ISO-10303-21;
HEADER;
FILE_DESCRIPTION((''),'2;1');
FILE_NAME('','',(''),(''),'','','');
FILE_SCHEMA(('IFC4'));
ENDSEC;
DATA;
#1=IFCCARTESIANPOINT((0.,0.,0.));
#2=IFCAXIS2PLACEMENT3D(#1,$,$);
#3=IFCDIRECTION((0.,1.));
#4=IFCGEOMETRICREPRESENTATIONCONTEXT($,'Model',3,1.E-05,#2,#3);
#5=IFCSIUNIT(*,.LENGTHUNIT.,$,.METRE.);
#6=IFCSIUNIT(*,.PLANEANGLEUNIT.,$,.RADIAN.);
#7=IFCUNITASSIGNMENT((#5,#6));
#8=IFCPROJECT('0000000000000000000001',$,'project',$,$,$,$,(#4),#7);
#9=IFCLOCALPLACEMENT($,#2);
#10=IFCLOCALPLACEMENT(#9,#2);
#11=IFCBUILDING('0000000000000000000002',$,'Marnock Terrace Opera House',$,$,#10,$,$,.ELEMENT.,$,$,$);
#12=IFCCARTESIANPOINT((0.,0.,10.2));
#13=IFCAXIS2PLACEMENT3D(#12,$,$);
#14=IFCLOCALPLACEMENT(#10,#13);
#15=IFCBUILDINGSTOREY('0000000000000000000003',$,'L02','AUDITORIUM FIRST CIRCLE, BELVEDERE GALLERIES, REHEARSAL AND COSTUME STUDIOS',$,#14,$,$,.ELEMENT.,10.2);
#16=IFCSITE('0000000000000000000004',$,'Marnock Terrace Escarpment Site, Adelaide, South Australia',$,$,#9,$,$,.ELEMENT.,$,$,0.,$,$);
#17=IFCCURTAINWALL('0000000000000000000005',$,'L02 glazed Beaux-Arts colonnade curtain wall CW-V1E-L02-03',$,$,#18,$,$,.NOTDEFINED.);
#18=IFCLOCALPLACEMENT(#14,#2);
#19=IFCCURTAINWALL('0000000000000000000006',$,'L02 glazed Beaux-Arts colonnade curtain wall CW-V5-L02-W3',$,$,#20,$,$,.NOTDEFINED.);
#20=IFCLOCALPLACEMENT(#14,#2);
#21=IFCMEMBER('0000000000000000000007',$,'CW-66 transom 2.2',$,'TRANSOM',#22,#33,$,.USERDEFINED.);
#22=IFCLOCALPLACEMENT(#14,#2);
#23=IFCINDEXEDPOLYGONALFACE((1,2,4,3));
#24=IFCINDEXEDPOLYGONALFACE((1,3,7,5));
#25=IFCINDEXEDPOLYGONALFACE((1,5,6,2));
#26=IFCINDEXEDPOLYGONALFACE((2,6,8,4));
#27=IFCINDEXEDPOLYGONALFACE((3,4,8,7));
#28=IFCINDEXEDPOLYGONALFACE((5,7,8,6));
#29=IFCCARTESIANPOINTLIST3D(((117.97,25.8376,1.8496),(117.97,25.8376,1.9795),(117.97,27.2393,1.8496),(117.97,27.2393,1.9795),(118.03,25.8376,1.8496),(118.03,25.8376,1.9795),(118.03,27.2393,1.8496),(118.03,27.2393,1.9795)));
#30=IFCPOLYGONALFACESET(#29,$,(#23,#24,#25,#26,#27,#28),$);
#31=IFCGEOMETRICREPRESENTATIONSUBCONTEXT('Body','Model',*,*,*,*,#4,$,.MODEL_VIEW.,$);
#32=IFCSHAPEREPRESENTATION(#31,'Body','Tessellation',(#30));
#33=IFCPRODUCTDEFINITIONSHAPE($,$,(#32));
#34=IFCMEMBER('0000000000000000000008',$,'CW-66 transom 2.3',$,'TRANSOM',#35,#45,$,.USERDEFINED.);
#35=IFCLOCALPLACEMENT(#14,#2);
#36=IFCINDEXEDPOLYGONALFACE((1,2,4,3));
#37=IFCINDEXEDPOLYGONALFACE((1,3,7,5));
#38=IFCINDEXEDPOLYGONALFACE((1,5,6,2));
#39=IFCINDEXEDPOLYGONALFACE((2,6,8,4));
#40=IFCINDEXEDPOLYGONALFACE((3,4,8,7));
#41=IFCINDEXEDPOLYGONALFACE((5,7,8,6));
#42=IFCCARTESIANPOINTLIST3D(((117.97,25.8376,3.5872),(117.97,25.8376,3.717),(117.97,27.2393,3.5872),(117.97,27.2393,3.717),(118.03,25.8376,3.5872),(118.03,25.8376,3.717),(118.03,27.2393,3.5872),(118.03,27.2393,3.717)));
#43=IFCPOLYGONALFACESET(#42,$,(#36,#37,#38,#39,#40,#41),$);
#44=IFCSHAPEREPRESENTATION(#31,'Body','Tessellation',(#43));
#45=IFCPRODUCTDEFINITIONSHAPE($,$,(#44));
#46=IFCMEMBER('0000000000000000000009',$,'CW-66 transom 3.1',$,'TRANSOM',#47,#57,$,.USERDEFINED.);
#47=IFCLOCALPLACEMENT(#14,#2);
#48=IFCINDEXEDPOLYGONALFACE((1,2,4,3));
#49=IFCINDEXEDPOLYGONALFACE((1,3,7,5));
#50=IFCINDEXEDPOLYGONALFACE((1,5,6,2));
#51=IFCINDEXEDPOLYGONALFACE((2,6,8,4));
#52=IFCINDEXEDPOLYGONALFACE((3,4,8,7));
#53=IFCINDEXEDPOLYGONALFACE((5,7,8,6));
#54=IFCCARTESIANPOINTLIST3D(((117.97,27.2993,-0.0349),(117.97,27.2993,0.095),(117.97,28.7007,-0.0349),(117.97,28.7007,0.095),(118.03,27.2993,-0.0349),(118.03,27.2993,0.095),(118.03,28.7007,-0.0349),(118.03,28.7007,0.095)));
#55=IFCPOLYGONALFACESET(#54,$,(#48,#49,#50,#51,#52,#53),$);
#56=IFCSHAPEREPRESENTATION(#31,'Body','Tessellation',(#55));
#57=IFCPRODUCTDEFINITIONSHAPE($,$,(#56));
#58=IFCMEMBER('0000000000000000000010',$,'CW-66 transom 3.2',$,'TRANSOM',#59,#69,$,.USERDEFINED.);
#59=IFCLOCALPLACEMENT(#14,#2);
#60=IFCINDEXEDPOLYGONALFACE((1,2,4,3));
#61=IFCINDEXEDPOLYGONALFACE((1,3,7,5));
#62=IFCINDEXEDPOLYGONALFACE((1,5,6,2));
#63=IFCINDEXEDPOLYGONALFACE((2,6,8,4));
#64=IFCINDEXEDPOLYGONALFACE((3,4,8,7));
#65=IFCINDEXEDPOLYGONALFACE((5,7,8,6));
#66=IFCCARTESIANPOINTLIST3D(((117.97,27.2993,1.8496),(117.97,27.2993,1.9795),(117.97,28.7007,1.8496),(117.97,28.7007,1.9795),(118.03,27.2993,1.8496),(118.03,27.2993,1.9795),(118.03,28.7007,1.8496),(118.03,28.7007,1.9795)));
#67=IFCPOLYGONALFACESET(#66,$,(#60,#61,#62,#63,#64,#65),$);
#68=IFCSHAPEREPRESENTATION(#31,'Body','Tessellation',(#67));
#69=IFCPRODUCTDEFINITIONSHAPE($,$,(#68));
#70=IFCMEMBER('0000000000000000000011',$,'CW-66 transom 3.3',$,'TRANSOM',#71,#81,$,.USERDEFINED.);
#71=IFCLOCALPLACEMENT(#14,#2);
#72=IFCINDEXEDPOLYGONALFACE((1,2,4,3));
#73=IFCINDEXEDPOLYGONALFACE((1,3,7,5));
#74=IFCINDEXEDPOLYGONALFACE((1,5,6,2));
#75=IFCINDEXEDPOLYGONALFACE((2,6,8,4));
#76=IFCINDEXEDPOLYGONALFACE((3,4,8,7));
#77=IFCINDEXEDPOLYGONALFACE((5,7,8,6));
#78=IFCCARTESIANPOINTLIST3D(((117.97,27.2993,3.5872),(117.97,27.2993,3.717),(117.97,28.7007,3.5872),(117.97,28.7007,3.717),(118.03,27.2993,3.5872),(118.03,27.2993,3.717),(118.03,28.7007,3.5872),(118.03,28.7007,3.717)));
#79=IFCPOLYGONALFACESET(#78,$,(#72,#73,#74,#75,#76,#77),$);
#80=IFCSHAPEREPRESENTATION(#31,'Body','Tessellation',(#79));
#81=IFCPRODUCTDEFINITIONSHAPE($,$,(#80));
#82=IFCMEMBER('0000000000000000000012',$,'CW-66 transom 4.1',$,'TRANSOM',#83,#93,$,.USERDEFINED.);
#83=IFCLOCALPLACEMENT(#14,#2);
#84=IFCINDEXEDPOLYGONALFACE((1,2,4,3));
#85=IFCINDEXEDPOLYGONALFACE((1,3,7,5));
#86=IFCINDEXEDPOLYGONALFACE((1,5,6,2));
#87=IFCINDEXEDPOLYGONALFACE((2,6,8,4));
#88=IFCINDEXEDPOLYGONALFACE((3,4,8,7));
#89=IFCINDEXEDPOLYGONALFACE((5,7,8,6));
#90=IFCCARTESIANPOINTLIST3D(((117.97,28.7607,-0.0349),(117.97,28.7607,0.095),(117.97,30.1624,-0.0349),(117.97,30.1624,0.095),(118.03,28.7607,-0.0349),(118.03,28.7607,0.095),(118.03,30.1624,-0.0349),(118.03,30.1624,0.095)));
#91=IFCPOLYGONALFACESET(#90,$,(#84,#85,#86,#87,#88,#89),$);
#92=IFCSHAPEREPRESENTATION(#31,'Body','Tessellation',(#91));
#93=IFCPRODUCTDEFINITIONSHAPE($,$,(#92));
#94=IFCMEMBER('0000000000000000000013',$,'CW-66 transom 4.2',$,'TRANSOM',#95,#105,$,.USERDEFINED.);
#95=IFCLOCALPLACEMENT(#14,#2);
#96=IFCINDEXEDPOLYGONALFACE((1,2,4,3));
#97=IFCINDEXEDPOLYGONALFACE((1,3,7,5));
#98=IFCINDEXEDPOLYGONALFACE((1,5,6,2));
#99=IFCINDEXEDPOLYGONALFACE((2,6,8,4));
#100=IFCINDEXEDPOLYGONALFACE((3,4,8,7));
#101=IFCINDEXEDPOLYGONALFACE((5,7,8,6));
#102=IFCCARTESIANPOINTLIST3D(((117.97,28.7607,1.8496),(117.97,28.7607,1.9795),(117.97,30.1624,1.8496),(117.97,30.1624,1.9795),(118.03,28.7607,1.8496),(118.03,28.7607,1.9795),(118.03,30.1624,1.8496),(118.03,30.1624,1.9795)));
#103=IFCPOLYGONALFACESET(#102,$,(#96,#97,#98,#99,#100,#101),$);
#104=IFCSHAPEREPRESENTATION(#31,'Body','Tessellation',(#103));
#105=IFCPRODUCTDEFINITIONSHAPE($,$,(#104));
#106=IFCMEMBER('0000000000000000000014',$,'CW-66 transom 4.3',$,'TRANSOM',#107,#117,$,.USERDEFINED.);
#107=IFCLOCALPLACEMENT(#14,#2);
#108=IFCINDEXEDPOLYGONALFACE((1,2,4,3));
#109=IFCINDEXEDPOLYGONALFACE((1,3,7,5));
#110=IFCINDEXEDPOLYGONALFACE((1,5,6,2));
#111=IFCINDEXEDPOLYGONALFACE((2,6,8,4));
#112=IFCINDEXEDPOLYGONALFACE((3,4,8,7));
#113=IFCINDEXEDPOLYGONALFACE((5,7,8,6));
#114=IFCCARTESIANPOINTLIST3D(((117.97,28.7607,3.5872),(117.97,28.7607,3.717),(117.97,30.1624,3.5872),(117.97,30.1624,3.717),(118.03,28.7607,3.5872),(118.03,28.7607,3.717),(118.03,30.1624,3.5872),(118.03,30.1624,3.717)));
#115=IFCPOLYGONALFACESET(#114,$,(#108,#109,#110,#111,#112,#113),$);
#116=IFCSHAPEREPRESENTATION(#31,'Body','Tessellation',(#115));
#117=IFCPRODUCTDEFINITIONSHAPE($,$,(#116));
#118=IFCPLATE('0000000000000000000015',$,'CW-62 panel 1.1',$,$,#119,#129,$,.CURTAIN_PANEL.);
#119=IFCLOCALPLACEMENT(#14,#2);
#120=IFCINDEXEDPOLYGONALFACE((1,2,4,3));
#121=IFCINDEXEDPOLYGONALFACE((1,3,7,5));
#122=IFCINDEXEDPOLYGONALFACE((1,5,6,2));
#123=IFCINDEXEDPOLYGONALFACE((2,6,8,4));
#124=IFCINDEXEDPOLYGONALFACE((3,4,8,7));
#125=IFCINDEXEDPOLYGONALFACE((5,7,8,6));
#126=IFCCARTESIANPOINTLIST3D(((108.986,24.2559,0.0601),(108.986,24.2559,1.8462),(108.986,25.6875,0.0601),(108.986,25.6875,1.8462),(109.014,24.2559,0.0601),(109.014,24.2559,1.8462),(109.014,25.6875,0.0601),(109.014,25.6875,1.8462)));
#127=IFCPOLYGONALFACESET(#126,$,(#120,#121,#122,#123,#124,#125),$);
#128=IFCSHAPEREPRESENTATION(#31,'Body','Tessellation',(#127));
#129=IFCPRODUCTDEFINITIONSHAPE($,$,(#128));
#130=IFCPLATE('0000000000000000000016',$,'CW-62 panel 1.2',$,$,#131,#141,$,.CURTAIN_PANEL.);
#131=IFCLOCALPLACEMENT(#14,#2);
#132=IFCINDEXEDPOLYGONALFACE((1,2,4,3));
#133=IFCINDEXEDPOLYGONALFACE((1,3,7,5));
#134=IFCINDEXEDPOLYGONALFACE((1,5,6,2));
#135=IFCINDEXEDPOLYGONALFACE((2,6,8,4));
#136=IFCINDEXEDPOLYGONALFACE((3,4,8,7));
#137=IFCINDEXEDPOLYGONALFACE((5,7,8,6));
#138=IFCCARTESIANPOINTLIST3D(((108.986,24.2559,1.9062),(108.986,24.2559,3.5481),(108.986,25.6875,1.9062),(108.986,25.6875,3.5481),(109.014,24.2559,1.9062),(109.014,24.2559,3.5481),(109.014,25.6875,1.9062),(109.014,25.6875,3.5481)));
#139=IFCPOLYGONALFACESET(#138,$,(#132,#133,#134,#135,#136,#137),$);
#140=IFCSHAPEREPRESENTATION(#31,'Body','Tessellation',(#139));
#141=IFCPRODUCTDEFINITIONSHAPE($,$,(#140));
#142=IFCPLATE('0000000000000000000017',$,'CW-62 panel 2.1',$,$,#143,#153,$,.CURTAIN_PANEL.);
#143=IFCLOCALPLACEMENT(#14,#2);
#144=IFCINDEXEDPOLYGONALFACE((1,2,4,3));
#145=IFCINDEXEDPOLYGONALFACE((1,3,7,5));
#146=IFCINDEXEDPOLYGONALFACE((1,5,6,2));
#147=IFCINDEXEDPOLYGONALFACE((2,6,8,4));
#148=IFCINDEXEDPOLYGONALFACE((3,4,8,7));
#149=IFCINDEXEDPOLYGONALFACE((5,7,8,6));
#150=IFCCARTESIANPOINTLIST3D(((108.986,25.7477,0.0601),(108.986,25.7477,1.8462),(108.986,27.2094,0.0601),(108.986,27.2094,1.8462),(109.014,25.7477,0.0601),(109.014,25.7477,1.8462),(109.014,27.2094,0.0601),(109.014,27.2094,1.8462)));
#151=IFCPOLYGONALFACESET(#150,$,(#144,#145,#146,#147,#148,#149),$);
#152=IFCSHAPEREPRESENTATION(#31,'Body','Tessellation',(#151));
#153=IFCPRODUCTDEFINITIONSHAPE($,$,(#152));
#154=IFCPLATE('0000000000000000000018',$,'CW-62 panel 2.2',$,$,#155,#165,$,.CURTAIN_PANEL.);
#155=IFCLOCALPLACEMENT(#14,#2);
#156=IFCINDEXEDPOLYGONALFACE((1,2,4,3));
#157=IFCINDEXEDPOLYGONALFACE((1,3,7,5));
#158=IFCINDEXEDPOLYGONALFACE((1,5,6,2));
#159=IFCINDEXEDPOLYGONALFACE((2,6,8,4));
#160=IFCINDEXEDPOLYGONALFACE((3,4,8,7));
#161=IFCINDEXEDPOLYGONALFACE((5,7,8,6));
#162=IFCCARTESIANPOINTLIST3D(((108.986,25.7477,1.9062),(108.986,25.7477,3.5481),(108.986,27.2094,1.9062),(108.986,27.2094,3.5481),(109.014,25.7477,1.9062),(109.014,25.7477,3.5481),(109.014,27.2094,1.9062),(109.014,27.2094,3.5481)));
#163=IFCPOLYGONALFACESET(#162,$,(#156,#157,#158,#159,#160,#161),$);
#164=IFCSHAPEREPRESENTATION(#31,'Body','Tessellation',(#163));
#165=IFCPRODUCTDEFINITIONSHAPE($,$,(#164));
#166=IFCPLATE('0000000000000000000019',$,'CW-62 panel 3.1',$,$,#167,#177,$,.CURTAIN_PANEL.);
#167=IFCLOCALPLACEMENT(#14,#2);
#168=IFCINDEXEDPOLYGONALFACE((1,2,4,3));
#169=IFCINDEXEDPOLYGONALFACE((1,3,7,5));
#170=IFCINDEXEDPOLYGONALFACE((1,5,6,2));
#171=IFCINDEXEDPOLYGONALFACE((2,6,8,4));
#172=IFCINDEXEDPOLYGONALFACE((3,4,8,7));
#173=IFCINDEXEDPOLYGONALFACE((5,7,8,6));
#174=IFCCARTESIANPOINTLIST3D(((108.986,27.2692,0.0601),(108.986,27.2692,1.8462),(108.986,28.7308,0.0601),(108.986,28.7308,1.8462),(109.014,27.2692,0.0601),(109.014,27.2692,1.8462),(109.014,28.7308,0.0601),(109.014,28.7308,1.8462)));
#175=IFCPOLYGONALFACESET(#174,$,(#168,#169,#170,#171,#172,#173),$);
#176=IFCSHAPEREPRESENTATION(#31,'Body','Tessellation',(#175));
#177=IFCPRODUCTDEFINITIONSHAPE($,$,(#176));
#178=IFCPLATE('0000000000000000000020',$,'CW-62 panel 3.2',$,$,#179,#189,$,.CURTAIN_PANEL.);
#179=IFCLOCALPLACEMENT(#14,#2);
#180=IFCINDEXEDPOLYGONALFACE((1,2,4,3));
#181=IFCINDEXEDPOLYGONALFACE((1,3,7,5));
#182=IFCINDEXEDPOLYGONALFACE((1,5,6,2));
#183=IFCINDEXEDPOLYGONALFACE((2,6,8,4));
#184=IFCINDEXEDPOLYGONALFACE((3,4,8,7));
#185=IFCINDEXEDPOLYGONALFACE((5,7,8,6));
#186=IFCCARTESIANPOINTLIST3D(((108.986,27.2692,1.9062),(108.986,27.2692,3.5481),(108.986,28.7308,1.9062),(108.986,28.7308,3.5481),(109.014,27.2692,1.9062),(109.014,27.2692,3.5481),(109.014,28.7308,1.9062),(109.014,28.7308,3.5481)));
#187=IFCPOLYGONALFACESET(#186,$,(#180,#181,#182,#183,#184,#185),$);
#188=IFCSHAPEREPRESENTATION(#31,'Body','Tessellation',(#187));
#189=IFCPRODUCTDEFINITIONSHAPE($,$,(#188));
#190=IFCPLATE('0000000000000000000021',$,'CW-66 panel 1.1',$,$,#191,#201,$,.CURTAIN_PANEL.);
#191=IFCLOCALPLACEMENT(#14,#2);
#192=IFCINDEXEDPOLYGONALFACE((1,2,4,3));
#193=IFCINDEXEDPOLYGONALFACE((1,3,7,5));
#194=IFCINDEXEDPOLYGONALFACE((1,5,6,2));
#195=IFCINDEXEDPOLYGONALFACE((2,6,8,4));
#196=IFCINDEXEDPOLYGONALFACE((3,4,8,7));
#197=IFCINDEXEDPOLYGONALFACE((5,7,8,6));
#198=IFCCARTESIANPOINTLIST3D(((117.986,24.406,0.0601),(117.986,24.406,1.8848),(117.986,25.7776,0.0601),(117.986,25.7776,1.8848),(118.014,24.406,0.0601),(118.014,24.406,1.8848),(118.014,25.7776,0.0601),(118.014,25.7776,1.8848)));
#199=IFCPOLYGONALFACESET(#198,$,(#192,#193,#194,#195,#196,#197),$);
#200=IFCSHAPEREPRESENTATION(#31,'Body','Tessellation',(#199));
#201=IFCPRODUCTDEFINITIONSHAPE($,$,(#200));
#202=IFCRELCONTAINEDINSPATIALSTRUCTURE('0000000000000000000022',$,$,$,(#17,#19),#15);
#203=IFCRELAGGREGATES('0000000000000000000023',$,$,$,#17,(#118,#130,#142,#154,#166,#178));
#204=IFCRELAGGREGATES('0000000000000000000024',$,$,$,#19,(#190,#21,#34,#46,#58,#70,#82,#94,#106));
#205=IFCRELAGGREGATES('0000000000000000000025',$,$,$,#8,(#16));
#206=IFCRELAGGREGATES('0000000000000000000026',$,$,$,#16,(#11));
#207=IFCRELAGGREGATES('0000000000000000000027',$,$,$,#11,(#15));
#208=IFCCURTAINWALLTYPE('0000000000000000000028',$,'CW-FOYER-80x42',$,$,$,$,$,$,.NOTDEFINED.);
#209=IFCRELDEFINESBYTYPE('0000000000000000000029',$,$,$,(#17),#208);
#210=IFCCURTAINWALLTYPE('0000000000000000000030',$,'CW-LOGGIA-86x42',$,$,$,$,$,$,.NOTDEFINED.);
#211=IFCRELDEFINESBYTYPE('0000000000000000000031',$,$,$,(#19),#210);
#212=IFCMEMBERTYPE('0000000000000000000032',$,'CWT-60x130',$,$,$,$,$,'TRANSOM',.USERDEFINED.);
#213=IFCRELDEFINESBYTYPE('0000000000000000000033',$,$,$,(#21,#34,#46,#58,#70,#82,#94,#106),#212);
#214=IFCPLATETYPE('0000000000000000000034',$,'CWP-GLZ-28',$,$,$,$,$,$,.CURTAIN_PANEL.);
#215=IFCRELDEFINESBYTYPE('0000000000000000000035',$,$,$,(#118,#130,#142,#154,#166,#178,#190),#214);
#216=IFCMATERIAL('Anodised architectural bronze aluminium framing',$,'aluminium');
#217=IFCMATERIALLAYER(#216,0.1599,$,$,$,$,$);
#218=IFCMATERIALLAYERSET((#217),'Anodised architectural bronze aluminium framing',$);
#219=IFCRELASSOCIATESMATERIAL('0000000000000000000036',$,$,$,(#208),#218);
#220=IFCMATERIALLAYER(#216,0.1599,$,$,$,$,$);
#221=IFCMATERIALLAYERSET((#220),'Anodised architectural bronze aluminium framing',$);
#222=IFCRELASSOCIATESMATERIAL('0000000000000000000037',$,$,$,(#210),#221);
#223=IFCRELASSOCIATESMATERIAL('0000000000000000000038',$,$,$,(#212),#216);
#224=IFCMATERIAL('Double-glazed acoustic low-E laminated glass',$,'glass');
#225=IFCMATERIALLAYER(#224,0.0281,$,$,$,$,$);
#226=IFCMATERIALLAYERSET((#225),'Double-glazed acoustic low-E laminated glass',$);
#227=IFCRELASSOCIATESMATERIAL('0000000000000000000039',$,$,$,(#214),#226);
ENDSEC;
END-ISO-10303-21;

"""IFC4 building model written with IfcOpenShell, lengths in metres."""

from ifc_helpers import new_model, si_unit, direction, frame, origin, origin_2d, place, context, subcontext, project, spatial, rectangle, extrude, material, layer, layer_set, material_profile, profile_set, type_object, element, aggregate, save


model = new_model("IFC4")

# Units and contexts
model_context = context("Model", 3, precision=1e-05, world=origin(), true_north=direction((0.0, 1.0)))
body_context = subcontext(model_context, "Body", "Model", "MODEL_VIEW")
ifc_project = project(units=[si_unit("LENGTHUNIT", "METRE"), si_unit("PLANEANGLEUNIT", "RADIAN")], contexts=[model_context])

# Site, building, storey
site_placement = place(None, origin())
site = spatial("IfcSite", under=ifc_project, at=site_placement, Name="Marnock Terrace Escarpment Site, Adelaide, South Australia", CompositionType="ELEMENT", RefElevation=0.0)
building_placement = place(site_placement, origin())
building = spatial("IfcBuilding", under=site, at=building_placement, Name="Marnock Terrace Opera House", CompositionType="ELEMENT")
storey_placement = place(building_placement, frame((0.0, 0.0, 10.2)))
storey = spatial("IfcBuildingStorey", under=building, at=storey_placement, Name="L02", Description="AUDITORIUM FIRST CIRCLE, BELVEDERE GALLERIES, REHEARSAL AND COSTUME STUDIOS", CompositionType="ELEMENT", Elevation=10.2)

# Curtain walls
ifc_material_1 = material(Name="Anodised architectural bronze aluminium framing", Category="aluminium")
ifc_layer_1 = layer(ifc_material_1, 0.1599)
ifc_layer_set_1 = layer_set([ifc_layer_1], Name="Anodised architectural bronze aluminium framing")
curtain_wall_type_1 = type_object("IfcCurtainWallType", Name="CW-FOYER-80x42", PredefinedType="NOTDEFINED", material=ifc_layer_set_1)
curtain_wall_1_placement = place(storey_placement, origin())
curtain_wall_1 = element("IfcCurtainWall", 1, at=curtain_wall_1_placement, inside=storey, type_object=curtain_wall_type_1, Name="L02 glazed Beaux-Arts colonnade curtain wall CW-V1E-L02-03", PredefinedType="NOTDEFINED")
ifc_layer_2 = layer(ifc_material_1, 0.1599)
ifc_layer_set_2 = layer_set([ifc_layer_2], Name="Anodised architectural bronze aluminium framing")
curtain_wall_type_2 = type_object("IfcCurtainWallType", Name="CW-LOGGIA-86x42", PredefinedType="NOTDEFINED", material=ifc_layer_set_2)
curtain_wall_2_placement = place(storey_placement, origin())
curtain_wall_2 = element("IfcCurtainWall", 2, at=curtain_wall_2_placement, inside=storey, type_object=curtain_wall_type_2, Name="L02 glazed Beaux-Arts colonnade curtain wall CW-V5-L02-W3", PredefinedType="NOTDEFINED")

# Members
ifc_material_profile_1 = material_profile(ifc_material_1, rectangle(XDim=0.0601, YDim=0.1299, at=origin_2d()))
ifc_profile_set_1 = profile_set([ifc_material_profile_1], Name="Anodised architectural bronze aluminium framing")
member_type_1 = type_object("IfcMemberType", Name="CWT-60x130", ElementType="TRANSOM", PredefinedType="USERDEFINED", material=ifc_profile_set_1)
member_1_placement = place(storey_placement, frame((118.0, 25.8376, 1.9146), z_axis=(0.0, 1.0, 0.0), x_axis=(-1.0, 0.0, 0.0)))
member_1 = element("IfcMember", 3, at=member_1_placement, type_object=member_type_1, Name="CW-66 transom 2.2", ObjectType="TRANSOM", PredefinedType="USERDEFINED", context=body_context, shape_type="SweptSolid", body=[
    extrude(rectangle(XDim=0.0601, YDim=0.1299, at=origin_2d()), origin(), (0.0, 0.0, 1.0), 1.4016),
])
member_2_placement = place(storey_placement, frame((118.0, 25.8376, 3.6521), z_axis=(0.0, 1.0, 0.0), x_axis=(-1.0, 0.0, 0.0)))
member_2 = element("IfcMember", 4, at=member_2_placement, type_object=member_type_1, Name="CW-66 transom 2.3", ObjectType="TRANSOM", PredefinedType="USERDEFINED", context=body_context, shape_type="SweptSolid", body=[
    extrude(rectangle(XDim=0.0601, YDim=0.1299, at=origin_2d()), origin(), (0.0, 0.0, 1.0), 1.4016),
])
member_3_placement = place(storey_placement, frame((118.0, 27.2993, 0.03), z_axis=(0.0, 1.0, 0.0), x_axis=(-1.0, 0.0, 0.0)))
member_3 = element("IfcMember", 5, at=member_3_placement, type_object=member_type_1, Name="CW-66 transom 3.1", ObjectType="TRANSOM", PredefinedType="USERDEFINED", context=body_context, shape_type="SweptSolid", body=[
    extrude(rectangle(XDim=0.0601, YDim=0.1299, at=origin_2d()), origin(), (0.0, 0.0, 1.0), 1.4014),
])
member_4_placement = place(storey_placement, frame((118.0, 27.2993, 1.9146), z_axis=(0.0, 1.0, 0.0), x_axis=(-1.0, 0.0, 0.0)))
member_4 = element("IfcMember", 6, at=member_4_placement, type_object=member_type_1, Name="CW-66 transom 3.2", ObjectType="TRANSOM", PredefinedType="USERDEFINED", context=body_context, shape_type="SweptSolid", body=[
    extrude(rectangle(XDim=0.0601, YDim=0.1299, at=origin_2d()), origin(), (0.0, 0.0, 1.0), 1.4014),
])
member_5_placement = place(storey_placement, frame((118.0, 27.2993, 3.6521), z_axis=(0.0, 1.0, 0.0), x_axis=(-1.0, 0.0, 0.0)))
member_5 = element("IfcMember", 7, at=member_5_placement, type_object=member_type_1, Name="CW-66 transom 3.3", ObjectType="TRANSOM", PredefinedType="USERDEFINED", context=body_context, shape_type="SweptSolid", body=[
    extrude(rectangle(XDim=0.0601, YDim=0.1299, at=origin_2d()), origin(), (0.0, 0.0, 1.0), 1.4014),
])
member_6_placement = place(storey_placement, frame((118.0, 28.7607, 0.03), z_axis=(0.0, 1.0, 0.0), x_axis=(-1.0, 0.0, 0.0)))
member_6 = element("IfcMember", 8, at=member_6_placement, type_object=member_type_1, Name="CW-66 transom 4.1", ObjectType="TRANSOM", PredefinedType="USERDEFINED", context=body_context, shape_type="SweptSolid", body=[
    extrude(rectangle(XDim=0.0601, YDim=0.1299, at=origin_2d()), origin(), (0.0, 0.0, 1.0), 1.4016),
])
member_7_placement = place(storey_placement, frame((118.0, 28.7607, 1.9146), z_axis=(0.0, 1.0, 0.0), x_axis=(-1.0, 0.0, 0.0)))
member_7 = element("IfcMember", 9, at=member_7_placement, type_object=member_type_1, Name="CW-66 transom 4.2", ObjectType="TRANSOM", PredefinedType="USERDEFINED", context=body_context, shape_type="SweptSolid", body=[
    extrude(rectangle(XDim=0.0601, YDim=0.1299, at=origin_2d()), origin(), (0.0, 0.0, 1.0), 1.4016),
])
member_8_placement = place(storey_placement, frame((118.0, 28.7607, 3.6521), z_axis=(0.0, 1.0, 0.0), x_axis=(-1.0, 0.0, 0.0)))
member_8 = element("IfcMember", 10, at=member_8_placement, type_object=member_type_1, Name="CW-66 transom 4.3", ObjectType="TRANSOM", PredefinedType="USERDEFINED", context=body_context, shape_type="SweptSolid", body=[
    extrude(rectangle(XDim=0.0601, YDim=0.1299, at=origin_2d()), origin(), (0.0, 0.0, 1.0), 1.4016),
])

# Plates
ifc_material_2 = material(Name="Double-glazed acoustic low-E laminated glass", Category="glass")
ifc_layer_3 = layer(ifc_material_2, 0.0281)
ifc_layer_set_3 = layer_set([ifc_layer_3], Name="Double-glazed acoustic low-E laminated glass")
plate_type = type_object("IfcPlateType", Name="CWP-GLZ-28", PredefinedType="CURTAIN_PANEL", material=ifc_layer_set_3)
plate_1_placement = place(storey_placement, frame((109.0, 24.9717, 0.0601), z_axis=(0.0, 0.0, 1.0), x_axis=(0.0, 1.0, 0.0)))
plate_1 = element("IfcPlate", 11, at=plate_1_placement, type_object=plate_type, Name="CW-62 panel 1.1", PredefinedType="CURTAIN_PANEL", context=body_context, shape_type="SweptSolid", body=[
    extrude(rectangle(XDim=1.4316, YDim=0.0281, at=origin_2d()), origin(), (0.0, 0.0, 1.0), 1.7861),
])
plate_2_placement = place(storey_placement, frame((109.0, 24.9717, 1.9062), z_axis=(0.0, 0.0, 1.0), x_axis=(0.0, 1.0, 0.0)))
plate_2 = element("IfcPlate", 12, at=plate_2_placement, type_object=plate_type, Name="CW-62 panel 1.2", PredefinedType="CURTAIN_PANEL", context=body_context, shape_type="SweptSolid", body=[
    extrude(rectangle(XDim=1.4316, YDim=0.0281, at=origin_2d()), origin(), (0.0, 0.0, 1.0), 1.6418),
])
plate_3_placement = place(storey_placement, frame((109.0, 26.4785, 0.0601), z_axis=(0.0, 0.0, 1.0), x_axis=(0.0, 1.0, 0.0)))
plate_3 = element("IfcPlate", 13, at=plate_3_placement, type_object=plate_type, Name="CW-62 panel 2.1", PredefinedType="CURTAIN_PANEL", context=body_context, shape_type="SweptSolid", body=[
    extrude(rectangle(XDim=1.4617, YDim=0.0281, at=origin_2d()), origin(), (0.0, 0.0, 1.0), 1.7861),
])
plate_4_placement = place(storey_placement, frame((109.0, 26.4785, 1.9062), z_axis=(0.0, 0.0, 1.0), x_axis=(0.0, 1.0, 0.0)))
plate_4 = element("IfcPlate", 14, at=plate_4_placement, type_object=plate_type, Name="CW-62 panel 2.2", PredefinedType="CURTAIN_PANEL", context=body_context, shape_type="SweptSolid", body=[
    extrude(rectangle(XDim=1.4617, YDim=0.0281, at=origin_2d()), origin(), (0.0, 0.0, 1.0), 1.6418),
])
plate_5_placement = place(storey_placement, frame((109.0, 28.0, 0.0601), z_axis=(0.0, 0.0, 1.0), x_axis=(0.0, 1.0, 0.0)))
plate_5 = element("IfcPlate", 15, at=plate_5_placement, type_object=plate_type, Name="CW-62 panel 3.1", PredefinedType="CURTAIN_PANEL", context=body_context, shape_type="SweptSolid", body=[
    extrude(rectangle(XDim=1.4617, YDim=0.0281, at=origin_2d()), origin(), (0.0, 0.0, 1.0), 1.7861),
])
plate_6_placement = place(storey_placement, frame((109.0, 28.0, 1.9062), z_axis=(0.0, 0.0, 1.0), x_axis=(0.0, 1.0, 0.0)))
plate_6 = element("IfcPlate", 16, at=plate_6_placement, type_object=plate_type, Name="CW-62 panel 3.2", PredefinedType="CURTAIN_PANEL", context=body_context, shape_type="SweptSolid", body=[
    extrude(rectangle(XDim=1.4617, YDim=0.0281, at=origin_2d()), origin(), (0.0, 0.0, 1.0), 1.6418),
])
aggregate(curtain_wall_1, [plate_1, plate_2, plate_3, plate_4, plate_5, plate_6])
plate_7_placement = place(storey_placement, frame((118.0, 25.0918, 0.0601), z_axis=(0.0, 0.0, 1.0), x_axis=(0.0, 1.0, 0.0)))
plate_7 = element("IfcPlate", 17, at=plate_7_placement, type_object=plate_type, Name="CW-66 panel 1.1", PredefinedType="CURTAIN_PANEL", context=body_context, shape_type="SweptSolid", body=[
    extrude(rectangle(XDim=1.3716, YDim=0.0281, at=origin_2d()), origin(), (0.0, 0.0, 1.0), 1.8247),
])
aggregate(curtain_wall_2, [plate_7, member_1, member_2, member_3, member_4, member_5, member_6, member_7, member_8])

save(model, "model.ifc")
